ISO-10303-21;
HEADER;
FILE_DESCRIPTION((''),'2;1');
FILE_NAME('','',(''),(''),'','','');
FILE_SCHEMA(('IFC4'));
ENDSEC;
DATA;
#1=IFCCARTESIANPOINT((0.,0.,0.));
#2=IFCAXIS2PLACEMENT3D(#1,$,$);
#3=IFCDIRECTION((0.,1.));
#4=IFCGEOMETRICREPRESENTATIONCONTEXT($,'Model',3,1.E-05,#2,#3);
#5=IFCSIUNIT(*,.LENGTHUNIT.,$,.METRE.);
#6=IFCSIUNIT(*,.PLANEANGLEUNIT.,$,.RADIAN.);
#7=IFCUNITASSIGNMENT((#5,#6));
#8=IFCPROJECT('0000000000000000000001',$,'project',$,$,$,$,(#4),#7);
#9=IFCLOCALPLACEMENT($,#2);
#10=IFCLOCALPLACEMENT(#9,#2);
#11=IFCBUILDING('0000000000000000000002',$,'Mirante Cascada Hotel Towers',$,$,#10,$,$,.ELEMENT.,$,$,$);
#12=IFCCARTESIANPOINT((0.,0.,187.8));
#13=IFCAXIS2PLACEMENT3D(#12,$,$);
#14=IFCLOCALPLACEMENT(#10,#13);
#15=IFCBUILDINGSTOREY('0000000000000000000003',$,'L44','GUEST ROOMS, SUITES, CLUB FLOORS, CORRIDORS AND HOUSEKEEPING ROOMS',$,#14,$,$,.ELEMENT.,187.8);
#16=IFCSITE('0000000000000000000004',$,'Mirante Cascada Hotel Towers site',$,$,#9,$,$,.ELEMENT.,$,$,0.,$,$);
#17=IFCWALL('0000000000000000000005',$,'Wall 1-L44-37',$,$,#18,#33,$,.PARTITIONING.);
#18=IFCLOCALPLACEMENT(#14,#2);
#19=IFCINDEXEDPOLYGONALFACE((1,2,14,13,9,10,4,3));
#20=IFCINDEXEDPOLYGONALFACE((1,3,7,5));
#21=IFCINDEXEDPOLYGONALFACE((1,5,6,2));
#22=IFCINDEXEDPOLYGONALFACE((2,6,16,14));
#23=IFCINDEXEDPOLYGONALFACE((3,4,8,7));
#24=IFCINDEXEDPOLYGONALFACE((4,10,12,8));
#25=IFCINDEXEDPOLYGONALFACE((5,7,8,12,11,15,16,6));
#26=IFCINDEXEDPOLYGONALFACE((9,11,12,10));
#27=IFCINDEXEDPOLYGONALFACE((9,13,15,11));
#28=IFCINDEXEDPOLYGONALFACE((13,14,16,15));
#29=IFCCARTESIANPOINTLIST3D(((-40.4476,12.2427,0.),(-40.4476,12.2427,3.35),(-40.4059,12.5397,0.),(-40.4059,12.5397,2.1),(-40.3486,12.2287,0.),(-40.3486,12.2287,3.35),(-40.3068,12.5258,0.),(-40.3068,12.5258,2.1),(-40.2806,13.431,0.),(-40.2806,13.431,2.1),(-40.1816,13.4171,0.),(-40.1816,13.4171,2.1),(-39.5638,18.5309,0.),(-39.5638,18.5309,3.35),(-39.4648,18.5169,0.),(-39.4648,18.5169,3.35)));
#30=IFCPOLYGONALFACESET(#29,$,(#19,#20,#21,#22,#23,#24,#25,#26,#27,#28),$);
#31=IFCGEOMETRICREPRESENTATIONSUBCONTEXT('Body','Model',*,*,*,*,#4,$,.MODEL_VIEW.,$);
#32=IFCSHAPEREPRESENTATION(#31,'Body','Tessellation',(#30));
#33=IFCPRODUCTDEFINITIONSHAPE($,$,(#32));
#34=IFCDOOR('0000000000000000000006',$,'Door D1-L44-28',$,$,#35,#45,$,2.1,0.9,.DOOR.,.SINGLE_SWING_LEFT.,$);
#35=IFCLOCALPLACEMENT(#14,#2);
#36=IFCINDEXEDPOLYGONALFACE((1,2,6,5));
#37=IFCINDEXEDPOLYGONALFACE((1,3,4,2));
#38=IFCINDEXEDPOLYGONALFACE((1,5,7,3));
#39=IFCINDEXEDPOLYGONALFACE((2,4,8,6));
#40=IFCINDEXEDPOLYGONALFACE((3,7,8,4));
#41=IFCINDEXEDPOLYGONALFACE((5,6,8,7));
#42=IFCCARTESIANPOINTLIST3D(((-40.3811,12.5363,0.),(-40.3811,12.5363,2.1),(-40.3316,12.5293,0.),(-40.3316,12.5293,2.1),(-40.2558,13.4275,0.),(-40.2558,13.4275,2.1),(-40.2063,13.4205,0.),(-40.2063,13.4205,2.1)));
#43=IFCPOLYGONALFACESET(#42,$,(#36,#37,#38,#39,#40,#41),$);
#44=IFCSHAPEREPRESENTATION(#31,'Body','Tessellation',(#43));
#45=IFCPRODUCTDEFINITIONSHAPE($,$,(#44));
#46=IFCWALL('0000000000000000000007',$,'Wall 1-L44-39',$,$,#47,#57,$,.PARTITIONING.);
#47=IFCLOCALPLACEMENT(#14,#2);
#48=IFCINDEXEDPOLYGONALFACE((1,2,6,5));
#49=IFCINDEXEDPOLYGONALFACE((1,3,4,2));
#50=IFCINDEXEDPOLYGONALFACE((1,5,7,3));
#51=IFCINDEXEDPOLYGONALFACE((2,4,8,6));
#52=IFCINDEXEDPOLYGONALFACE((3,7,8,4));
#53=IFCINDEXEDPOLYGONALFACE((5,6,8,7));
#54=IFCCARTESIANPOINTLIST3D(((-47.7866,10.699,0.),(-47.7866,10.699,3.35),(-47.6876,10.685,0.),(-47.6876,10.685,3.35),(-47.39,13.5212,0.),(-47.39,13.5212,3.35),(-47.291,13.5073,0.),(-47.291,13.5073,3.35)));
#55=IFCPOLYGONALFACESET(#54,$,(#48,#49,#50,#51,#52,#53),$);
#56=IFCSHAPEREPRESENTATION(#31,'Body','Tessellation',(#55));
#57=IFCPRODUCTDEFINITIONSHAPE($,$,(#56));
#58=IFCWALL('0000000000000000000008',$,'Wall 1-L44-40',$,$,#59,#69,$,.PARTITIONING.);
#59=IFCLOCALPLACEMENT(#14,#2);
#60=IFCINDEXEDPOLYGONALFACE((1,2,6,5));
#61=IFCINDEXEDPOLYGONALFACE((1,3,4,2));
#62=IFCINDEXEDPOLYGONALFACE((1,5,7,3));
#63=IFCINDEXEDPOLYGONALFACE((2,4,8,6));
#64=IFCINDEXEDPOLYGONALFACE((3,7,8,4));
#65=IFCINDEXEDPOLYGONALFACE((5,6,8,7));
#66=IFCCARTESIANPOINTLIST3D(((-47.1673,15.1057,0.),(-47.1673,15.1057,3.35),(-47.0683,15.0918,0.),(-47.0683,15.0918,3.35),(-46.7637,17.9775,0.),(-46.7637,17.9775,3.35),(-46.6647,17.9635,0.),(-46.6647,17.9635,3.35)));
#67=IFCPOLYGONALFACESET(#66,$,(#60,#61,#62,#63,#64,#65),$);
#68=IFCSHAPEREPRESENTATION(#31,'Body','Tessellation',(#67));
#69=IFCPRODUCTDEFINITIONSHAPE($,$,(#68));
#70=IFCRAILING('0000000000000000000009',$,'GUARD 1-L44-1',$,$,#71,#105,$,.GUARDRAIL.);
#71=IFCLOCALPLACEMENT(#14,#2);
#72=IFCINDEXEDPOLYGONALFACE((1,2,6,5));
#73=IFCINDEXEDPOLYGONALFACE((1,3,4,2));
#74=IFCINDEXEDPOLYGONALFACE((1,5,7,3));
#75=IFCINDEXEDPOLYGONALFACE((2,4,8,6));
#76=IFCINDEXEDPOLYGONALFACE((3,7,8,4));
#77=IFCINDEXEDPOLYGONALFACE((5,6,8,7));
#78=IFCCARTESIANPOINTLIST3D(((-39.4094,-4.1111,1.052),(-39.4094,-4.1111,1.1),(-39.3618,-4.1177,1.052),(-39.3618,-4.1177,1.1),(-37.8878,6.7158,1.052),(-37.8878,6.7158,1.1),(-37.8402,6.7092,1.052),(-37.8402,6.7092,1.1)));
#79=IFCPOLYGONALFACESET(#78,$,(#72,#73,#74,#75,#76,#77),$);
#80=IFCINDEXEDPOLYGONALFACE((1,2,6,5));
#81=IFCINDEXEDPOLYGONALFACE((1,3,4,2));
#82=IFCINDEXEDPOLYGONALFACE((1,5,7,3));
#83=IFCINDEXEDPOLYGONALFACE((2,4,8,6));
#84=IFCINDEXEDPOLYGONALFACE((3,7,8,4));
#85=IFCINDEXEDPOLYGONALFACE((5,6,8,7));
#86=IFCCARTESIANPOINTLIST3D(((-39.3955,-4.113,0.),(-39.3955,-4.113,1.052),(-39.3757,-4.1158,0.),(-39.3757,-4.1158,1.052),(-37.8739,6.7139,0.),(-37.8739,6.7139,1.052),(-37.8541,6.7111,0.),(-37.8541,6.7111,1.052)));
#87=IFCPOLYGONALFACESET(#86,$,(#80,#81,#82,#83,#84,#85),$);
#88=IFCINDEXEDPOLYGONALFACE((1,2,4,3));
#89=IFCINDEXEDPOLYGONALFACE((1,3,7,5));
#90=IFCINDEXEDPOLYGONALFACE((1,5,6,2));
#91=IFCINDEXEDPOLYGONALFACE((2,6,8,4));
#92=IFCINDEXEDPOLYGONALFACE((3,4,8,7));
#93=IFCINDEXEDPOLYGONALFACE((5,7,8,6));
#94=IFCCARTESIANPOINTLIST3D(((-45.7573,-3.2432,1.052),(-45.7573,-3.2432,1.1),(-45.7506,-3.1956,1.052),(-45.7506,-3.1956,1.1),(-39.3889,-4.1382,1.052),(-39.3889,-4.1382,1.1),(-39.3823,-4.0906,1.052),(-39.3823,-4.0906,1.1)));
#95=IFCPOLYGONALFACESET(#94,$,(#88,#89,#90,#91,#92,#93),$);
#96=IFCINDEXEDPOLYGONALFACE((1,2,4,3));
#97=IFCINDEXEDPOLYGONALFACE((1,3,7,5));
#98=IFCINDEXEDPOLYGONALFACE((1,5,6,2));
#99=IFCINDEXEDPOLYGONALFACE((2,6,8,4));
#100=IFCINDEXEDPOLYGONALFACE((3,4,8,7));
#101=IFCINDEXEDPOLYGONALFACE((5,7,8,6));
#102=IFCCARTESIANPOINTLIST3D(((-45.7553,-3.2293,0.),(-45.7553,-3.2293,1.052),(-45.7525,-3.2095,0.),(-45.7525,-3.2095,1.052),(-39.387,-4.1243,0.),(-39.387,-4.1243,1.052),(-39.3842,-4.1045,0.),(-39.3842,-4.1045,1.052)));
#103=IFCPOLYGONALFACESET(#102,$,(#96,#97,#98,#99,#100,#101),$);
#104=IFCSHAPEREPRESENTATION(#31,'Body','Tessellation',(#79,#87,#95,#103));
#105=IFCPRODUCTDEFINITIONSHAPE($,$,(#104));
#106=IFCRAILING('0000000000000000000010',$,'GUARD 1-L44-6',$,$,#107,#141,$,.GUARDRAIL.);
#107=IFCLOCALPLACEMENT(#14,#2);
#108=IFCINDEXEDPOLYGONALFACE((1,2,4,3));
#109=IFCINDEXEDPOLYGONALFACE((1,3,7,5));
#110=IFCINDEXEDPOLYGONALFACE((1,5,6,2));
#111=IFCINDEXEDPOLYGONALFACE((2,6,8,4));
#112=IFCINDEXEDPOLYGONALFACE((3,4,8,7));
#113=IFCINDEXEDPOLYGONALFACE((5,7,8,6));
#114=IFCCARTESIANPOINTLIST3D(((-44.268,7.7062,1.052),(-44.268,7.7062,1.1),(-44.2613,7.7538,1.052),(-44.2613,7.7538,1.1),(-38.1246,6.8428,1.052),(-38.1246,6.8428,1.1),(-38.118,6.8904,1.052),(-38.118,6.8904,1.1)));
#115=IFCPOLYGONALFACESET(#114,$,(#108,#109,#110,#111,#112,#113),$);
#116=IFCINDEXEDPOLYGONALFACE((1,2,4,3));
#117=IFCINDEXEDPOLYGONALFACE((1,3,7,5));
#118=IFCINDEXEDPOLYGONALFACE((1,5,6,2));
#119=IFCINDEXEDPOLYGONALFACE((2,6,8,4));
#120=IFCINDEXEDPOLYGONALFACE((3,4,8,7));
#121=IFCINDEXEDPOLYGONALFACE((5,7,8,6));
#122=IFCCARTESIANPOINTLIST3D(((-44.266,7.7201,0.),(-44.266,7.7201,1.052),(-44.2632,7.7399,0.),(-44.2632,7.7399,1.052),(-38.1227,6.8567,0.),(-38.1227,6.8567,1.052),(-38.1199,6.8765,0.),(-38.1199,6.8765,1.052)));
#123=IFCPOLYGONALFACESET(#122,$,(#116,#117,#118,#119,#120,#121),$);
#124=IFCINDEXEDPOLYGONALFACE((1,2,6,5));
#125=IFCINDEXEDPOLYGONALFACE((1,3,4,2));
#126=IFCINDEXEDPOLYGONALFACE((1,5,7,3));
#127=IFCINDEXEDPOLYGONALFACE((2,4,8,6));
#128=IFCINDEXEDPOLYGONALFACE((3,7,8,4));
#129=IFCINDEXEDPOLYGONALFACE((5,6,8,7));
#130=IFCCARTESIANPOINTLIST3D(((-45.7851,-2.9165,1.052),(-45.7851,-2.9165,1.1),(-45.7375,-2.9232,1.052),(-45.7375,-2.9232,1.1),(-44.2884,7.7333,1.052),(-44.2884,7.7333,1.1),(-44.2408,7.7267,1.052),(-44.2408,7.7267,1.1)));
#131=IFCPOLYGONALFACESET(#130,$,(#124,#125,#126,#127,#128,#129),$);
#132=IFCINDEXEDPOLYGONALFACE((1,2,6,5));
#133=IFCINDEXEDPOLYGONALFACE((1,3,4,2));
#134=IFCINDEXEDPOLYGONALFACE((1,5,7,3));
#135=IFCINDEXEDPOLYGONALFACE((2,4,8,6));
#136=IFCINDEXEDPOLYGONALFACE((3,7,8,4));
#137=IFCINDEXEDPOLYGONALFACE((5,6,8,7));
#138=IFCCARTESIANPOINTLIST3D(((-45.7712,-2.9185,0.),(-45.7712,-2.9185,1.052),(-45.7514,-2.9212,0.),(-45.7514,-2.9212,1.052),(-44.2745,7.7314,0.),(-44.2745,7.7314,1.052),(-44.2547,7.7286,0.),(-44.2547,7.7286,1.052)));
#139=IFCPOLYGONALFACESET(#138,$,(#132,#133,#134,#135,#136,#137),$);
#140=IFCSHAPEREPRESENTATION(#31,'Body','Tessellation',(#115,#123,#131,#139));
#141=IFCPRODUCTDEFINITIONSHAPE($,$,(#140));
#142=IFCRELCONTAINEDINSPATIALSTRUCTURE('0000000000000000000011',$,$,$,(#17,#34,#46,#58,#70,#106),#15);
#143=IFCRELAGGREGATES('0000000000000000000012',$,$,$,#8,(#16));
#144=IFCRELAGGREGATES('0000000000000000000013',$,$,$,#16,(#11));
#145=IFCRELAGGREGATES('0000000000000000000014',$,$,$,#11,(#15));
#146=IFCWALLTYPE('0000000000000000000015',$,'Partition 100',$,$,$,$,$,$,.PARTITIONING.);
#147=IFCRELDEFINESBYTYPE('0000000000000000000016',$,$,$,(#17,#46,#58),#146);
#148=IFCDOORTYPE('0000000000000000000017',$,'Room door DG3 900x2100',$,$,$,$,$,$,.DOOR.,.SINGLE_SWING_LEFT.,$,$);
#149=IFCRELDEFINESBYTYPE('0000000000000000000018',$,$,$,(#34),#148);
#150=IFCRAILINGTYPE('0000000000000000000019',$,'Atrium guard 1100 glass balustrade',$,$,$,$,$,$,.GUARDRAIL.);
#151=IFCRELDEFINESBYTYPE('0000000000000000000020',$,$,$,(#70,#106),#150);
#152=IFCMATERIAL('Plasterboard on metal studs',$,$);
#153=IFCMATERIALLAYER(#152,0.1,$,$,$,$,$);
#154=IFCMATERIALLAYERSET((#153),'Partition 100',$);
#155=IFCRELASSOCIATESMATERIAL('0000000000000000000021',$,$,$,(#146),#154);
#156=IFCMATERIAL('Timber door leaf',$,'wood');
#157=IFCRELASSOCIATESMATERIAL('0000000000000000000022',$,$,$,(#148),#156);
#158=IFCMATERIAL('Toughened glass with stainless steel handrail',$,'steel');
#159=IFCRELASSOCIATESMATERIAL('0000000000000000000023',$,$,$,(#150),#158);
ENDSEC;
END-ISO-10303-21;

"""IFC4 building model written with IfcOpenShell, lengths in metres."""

from ifc_helpers import new_model, si_unit, direction, frame, frame_2d, origin, origin_2d, place, context, subcontext, project, spatial, rectangle, extrude, material, layer, layer_set, type_object, element, fill, save


model = new_model("IFC4")

# Units and contexts
model_context = context("Model", 3, precision=1e-05, world=origin(), true_north=direction((0.0, 1.0)))
body_context = subcontext(model_context, "Body", "Model", "MODEL_VIEW")
ifc_project = project(units=[si_unit("LENGTHUNIT", "METRE"), si_unit("PLANEANGLEUNIT", "RADIAN")], contexts=[model_context])

# Site, building, storey
site_placement = place(None, origin())
site = spatial("IfcSite", under=ifc_project, at=site_placement, Name="Mirante Cascada Hotel Towers site", CompositionType="ELEMENT", RefElevation=0.0)
building_placement = place(site_placement, origin())
building = spatial("IfcBuilding", under=site, at=building_placement, Name="Mirante Cascada Hotel Towers", CompositionType="ELEMENT")
storey_placement = place(building_placement, frame((0.0, 0.0, 187.8)))
storey = spatial("IfcBuildingStorey", under=building, at=storey_placement, Name="L44", Description="GUEST ROOMS, SUITES, CLUB FLOORS, CORRIDORS AND HOUSEKEEPING ROOMS", CompositionType="ELEMENT", Elevation=187.8)

# Shared definitions
ifc_material_1 = material(Name="Plasterboard on metal studs")
ifc_layer_1 = layer(ifc_material_1, 0.1)
ifc_layer_set_1 = layer_set([ifc_layer_1], Name="Partition 100")
wall_type_1 = type_object("IfcWallType", Name="Partition 100", PredefinedType="PARTITIONING", material=ifc_layer_set_1)

# Shared definitions
ifc_material_2 = material(Name="Timber door leaf", Category="wood")
door_type_1 = type_object("IfcDoorType", Name="Room door DG3 900x2100", OperationType="SINGLE_SWING_LEFT", PredefinedType="DOOR", material=ifc_material_2)

# Wall, opening, door
wall_1_placement = place(storey_placement, frame((-40.3981, 12.2357, 0.0), z_axis=(0.0, 0.0, 1.0), x_axis=(0.139181, 0.990267, 0.0)))
wall_1 = element("IfcWall", 1, at=wall_1_placement, inside=storey, type_object=wall_type_1, Name="Wall 1-L44-37", PredefinedType="PARTITIONING", context=body_context, shape_type="SweptSolid", body=[
    extrude(rectangle(XDim=6.35, YDim=0.1, at=frame_2d((3.175, 0.0))), origin(), (0.0, 0.0, 1.0), 3.35),
])
opening_1_placement = place(wall_1_placement, frame((0.3, 0.0, 0.0)))
opening_1 = element("IfcOpeningElement", 2, at=opening_1_placement, cuts=wall_1, PredefinedType="OPENING", context=body_context, shape_type="SweptSolid", body=[
    extrude(rectangle(XDim=0.9, YDim=2.1, at=frame_2d((0.45, 1.05))), frame((0.0, 0.05, 0.0), z_axis=(0.0, -1.0, 0.0), x_axis=(1.0, 0.0, 0.0)), (0.0, 0.0, 1.0), 0.1),
])
door_1_placement = place(opening_1_placement, origin())
door_1 = element("IfcDoor", 3, at=door_1_placement, inside=storey, type_object=door_type_1, Name="Door D1-L44-28", OperationType="SINGLE_SWING_LEFT", OverallHeight=2.1, OverallWidth=0.9, PredefinedType="DOOR", context=body_context, shape_type="SweptSolid", body=[
    extrude(rectangle(XDim=0.9, YDim=2.1, at=frame_2d((0.45, 1.05))), frame((0.0, 0.025, 0.0), z_axis=(0.0, -1.0, 0.0), x_axis=(1.0, 0.0, 0.0)), (0.0, 0.0, 1.0), 0.05),
])
fill(opening_1, door_1)

# Walls
wall_2_placement = place(storey_placement, frame((-47.7371, 10.692, 0.0), z_axis=(0.0, 0.0, 1.0), x_axis=(0.139156, 0.99027, 0.0)))
element("IfcWall", 4, at=wall_2_placement, inside=storey, type_object=wall_type_1, Name="Wall 1-L44-39", PredefinedType="PARTITIONING", context=body_context, shape_type="SweptSolid", body=[
    extrude(rectangle(XDim=2.85, YDim=0.1, at=frame_2d((1.425, 0.0))), origin(), (0.0, 0.0, 1.0), 3.35),
])
wall_3_placement = place(storey_placement, frame((-46.7142, 17.9705, 0.0), z_axis=(0.0, 0.0, 1.0), x_axis=(-0.139171, -0.990268, 0.0)))
element("IfcWall", 5, at=wall_3_placement, inside=storey, type_object=wall_type_1, Name="Wall 1-L44-40", PredefinedType="PARTITIONING", context=body_context, shape_type="SweptSolid", body=[
    extrude(rectangle(XDim=2.9, YDim=0.1, at=frame_2d((1.45, 0.0))), origin(), (0.0, 0.0, 1.0), 3.35),
])

# Railings
ifc_material_3 = material(Name="Toughened glass with stainless steel handrail", Category="steel")
railing_type = type_object("IfcRailingType", Name="Atrium guard 1100 glass balustrade", PredefinedType="GUARDRAIL", material=ifc_material_3)
railing_1_placement = place(storey_placement, frame((-37.864, 6.7125, 0.0)))
element("IfcRailing", 6, at=railing_1_placement, inside=storey, type_object=railing_type, Name="GUARD 1-L44-1", PredefinedType="GUARDRAIL", context=body_context, shape_type="SweptSolid", body=[
    extrude(rectangle(XDim=0.048, YDim=0.048, at=origin_2d()), frame((0.0, 0.0, 1.076), z_axis=(-0.139171, -0.990268, 0.0), x_axis=(0.990268, -0.139171, 0.0)), (0.0, 0.0, 1.0), 10.9333),
    extrude(rectangle(XDim=0.02, YDim=1.052, at=origin_2d()), frame((0.0, 0.0, 0.526), z_axis=(-0.139171, -0.990268, 0.0), x_axis=(0.990268, -0.139171, 0.0)), (0.0, 0.0, 1.0), 10.9333),
    extrude(rectangle(XDim=0.048, YDim=0.048, at=origin_2d()), frame((-1.5216, -10.8269, 1.076), z_axis=(-0.990268, 0.139172, 0.0), x_axis=(-0.139172, -0.990268, 0.0)), (0.0, 0.0, 1.0), 6.4309),
    extrude(rectangle(XDim=0.02, YDim=1.052, at=origin_2d()), frame((-1.5216, -10.8269, 0.526), z_axis=(-0.990268, 0.139172, 0.0), x_axis=(-0.139172, -0.990268, 0.0)), (0.0, 0.0, 1.0), 6.4309),
])
railing_2_placement = place(storey_placement, frame((-38.1213, 6.8666, 0.0)))
element("IfcRailing", 7, at=railing_2_placement, inside=storey, type_object=railing_type, Name="GUARD 1-L44-6", PredefinedType="GUARDRAIL", context=body_context, shape_type="SweptSolid", body=[
    extrude(rectangle(XDim=0.048, YDim=0.048, at=origin_2d()), frame((0.0, 0.0, 1.076), z_axis=(-0.990268, 0.139176, 0.0), x_axis=(-0.139176, -0.990268, 0.0)), (0.0, 0.0, 1.0), 6.2037),
    extrude(rectangle(XDim=0.02, YDim=1.052, at=origin_2d()), frame((0.0, 0.0, 0.526), z_axis=(-0.990268, 0.139176, 0.0), x_axis=(-0.139176, -0.990268, 0.0)), (0.0, 0.0, 1.0), 6.2037),
    extrude(rectangle(XDim=0.048, YDim=0.048, at=origin_2d()), frame((-6.1433, 0.8634, 1.076), z_axis=(-0.13917, -0.990268, 0.0), x_axis=(0.990268, -0.13917, 0.0)), (0.0, 0.0, 1.0), 10.7545),
    extrude(rectangle(XDim=0.02, YDim=1.052, at=origin_2d()), frame((-6.1433, 0.8634, 0.526), z_axis=(-0.13917, -0.990268, 0.0), x_axis=(0.990268, -0.13917, 0.0)), (0.0, 0.0, 1.0), 10.7545),
])

save(model, "model.ifc")
